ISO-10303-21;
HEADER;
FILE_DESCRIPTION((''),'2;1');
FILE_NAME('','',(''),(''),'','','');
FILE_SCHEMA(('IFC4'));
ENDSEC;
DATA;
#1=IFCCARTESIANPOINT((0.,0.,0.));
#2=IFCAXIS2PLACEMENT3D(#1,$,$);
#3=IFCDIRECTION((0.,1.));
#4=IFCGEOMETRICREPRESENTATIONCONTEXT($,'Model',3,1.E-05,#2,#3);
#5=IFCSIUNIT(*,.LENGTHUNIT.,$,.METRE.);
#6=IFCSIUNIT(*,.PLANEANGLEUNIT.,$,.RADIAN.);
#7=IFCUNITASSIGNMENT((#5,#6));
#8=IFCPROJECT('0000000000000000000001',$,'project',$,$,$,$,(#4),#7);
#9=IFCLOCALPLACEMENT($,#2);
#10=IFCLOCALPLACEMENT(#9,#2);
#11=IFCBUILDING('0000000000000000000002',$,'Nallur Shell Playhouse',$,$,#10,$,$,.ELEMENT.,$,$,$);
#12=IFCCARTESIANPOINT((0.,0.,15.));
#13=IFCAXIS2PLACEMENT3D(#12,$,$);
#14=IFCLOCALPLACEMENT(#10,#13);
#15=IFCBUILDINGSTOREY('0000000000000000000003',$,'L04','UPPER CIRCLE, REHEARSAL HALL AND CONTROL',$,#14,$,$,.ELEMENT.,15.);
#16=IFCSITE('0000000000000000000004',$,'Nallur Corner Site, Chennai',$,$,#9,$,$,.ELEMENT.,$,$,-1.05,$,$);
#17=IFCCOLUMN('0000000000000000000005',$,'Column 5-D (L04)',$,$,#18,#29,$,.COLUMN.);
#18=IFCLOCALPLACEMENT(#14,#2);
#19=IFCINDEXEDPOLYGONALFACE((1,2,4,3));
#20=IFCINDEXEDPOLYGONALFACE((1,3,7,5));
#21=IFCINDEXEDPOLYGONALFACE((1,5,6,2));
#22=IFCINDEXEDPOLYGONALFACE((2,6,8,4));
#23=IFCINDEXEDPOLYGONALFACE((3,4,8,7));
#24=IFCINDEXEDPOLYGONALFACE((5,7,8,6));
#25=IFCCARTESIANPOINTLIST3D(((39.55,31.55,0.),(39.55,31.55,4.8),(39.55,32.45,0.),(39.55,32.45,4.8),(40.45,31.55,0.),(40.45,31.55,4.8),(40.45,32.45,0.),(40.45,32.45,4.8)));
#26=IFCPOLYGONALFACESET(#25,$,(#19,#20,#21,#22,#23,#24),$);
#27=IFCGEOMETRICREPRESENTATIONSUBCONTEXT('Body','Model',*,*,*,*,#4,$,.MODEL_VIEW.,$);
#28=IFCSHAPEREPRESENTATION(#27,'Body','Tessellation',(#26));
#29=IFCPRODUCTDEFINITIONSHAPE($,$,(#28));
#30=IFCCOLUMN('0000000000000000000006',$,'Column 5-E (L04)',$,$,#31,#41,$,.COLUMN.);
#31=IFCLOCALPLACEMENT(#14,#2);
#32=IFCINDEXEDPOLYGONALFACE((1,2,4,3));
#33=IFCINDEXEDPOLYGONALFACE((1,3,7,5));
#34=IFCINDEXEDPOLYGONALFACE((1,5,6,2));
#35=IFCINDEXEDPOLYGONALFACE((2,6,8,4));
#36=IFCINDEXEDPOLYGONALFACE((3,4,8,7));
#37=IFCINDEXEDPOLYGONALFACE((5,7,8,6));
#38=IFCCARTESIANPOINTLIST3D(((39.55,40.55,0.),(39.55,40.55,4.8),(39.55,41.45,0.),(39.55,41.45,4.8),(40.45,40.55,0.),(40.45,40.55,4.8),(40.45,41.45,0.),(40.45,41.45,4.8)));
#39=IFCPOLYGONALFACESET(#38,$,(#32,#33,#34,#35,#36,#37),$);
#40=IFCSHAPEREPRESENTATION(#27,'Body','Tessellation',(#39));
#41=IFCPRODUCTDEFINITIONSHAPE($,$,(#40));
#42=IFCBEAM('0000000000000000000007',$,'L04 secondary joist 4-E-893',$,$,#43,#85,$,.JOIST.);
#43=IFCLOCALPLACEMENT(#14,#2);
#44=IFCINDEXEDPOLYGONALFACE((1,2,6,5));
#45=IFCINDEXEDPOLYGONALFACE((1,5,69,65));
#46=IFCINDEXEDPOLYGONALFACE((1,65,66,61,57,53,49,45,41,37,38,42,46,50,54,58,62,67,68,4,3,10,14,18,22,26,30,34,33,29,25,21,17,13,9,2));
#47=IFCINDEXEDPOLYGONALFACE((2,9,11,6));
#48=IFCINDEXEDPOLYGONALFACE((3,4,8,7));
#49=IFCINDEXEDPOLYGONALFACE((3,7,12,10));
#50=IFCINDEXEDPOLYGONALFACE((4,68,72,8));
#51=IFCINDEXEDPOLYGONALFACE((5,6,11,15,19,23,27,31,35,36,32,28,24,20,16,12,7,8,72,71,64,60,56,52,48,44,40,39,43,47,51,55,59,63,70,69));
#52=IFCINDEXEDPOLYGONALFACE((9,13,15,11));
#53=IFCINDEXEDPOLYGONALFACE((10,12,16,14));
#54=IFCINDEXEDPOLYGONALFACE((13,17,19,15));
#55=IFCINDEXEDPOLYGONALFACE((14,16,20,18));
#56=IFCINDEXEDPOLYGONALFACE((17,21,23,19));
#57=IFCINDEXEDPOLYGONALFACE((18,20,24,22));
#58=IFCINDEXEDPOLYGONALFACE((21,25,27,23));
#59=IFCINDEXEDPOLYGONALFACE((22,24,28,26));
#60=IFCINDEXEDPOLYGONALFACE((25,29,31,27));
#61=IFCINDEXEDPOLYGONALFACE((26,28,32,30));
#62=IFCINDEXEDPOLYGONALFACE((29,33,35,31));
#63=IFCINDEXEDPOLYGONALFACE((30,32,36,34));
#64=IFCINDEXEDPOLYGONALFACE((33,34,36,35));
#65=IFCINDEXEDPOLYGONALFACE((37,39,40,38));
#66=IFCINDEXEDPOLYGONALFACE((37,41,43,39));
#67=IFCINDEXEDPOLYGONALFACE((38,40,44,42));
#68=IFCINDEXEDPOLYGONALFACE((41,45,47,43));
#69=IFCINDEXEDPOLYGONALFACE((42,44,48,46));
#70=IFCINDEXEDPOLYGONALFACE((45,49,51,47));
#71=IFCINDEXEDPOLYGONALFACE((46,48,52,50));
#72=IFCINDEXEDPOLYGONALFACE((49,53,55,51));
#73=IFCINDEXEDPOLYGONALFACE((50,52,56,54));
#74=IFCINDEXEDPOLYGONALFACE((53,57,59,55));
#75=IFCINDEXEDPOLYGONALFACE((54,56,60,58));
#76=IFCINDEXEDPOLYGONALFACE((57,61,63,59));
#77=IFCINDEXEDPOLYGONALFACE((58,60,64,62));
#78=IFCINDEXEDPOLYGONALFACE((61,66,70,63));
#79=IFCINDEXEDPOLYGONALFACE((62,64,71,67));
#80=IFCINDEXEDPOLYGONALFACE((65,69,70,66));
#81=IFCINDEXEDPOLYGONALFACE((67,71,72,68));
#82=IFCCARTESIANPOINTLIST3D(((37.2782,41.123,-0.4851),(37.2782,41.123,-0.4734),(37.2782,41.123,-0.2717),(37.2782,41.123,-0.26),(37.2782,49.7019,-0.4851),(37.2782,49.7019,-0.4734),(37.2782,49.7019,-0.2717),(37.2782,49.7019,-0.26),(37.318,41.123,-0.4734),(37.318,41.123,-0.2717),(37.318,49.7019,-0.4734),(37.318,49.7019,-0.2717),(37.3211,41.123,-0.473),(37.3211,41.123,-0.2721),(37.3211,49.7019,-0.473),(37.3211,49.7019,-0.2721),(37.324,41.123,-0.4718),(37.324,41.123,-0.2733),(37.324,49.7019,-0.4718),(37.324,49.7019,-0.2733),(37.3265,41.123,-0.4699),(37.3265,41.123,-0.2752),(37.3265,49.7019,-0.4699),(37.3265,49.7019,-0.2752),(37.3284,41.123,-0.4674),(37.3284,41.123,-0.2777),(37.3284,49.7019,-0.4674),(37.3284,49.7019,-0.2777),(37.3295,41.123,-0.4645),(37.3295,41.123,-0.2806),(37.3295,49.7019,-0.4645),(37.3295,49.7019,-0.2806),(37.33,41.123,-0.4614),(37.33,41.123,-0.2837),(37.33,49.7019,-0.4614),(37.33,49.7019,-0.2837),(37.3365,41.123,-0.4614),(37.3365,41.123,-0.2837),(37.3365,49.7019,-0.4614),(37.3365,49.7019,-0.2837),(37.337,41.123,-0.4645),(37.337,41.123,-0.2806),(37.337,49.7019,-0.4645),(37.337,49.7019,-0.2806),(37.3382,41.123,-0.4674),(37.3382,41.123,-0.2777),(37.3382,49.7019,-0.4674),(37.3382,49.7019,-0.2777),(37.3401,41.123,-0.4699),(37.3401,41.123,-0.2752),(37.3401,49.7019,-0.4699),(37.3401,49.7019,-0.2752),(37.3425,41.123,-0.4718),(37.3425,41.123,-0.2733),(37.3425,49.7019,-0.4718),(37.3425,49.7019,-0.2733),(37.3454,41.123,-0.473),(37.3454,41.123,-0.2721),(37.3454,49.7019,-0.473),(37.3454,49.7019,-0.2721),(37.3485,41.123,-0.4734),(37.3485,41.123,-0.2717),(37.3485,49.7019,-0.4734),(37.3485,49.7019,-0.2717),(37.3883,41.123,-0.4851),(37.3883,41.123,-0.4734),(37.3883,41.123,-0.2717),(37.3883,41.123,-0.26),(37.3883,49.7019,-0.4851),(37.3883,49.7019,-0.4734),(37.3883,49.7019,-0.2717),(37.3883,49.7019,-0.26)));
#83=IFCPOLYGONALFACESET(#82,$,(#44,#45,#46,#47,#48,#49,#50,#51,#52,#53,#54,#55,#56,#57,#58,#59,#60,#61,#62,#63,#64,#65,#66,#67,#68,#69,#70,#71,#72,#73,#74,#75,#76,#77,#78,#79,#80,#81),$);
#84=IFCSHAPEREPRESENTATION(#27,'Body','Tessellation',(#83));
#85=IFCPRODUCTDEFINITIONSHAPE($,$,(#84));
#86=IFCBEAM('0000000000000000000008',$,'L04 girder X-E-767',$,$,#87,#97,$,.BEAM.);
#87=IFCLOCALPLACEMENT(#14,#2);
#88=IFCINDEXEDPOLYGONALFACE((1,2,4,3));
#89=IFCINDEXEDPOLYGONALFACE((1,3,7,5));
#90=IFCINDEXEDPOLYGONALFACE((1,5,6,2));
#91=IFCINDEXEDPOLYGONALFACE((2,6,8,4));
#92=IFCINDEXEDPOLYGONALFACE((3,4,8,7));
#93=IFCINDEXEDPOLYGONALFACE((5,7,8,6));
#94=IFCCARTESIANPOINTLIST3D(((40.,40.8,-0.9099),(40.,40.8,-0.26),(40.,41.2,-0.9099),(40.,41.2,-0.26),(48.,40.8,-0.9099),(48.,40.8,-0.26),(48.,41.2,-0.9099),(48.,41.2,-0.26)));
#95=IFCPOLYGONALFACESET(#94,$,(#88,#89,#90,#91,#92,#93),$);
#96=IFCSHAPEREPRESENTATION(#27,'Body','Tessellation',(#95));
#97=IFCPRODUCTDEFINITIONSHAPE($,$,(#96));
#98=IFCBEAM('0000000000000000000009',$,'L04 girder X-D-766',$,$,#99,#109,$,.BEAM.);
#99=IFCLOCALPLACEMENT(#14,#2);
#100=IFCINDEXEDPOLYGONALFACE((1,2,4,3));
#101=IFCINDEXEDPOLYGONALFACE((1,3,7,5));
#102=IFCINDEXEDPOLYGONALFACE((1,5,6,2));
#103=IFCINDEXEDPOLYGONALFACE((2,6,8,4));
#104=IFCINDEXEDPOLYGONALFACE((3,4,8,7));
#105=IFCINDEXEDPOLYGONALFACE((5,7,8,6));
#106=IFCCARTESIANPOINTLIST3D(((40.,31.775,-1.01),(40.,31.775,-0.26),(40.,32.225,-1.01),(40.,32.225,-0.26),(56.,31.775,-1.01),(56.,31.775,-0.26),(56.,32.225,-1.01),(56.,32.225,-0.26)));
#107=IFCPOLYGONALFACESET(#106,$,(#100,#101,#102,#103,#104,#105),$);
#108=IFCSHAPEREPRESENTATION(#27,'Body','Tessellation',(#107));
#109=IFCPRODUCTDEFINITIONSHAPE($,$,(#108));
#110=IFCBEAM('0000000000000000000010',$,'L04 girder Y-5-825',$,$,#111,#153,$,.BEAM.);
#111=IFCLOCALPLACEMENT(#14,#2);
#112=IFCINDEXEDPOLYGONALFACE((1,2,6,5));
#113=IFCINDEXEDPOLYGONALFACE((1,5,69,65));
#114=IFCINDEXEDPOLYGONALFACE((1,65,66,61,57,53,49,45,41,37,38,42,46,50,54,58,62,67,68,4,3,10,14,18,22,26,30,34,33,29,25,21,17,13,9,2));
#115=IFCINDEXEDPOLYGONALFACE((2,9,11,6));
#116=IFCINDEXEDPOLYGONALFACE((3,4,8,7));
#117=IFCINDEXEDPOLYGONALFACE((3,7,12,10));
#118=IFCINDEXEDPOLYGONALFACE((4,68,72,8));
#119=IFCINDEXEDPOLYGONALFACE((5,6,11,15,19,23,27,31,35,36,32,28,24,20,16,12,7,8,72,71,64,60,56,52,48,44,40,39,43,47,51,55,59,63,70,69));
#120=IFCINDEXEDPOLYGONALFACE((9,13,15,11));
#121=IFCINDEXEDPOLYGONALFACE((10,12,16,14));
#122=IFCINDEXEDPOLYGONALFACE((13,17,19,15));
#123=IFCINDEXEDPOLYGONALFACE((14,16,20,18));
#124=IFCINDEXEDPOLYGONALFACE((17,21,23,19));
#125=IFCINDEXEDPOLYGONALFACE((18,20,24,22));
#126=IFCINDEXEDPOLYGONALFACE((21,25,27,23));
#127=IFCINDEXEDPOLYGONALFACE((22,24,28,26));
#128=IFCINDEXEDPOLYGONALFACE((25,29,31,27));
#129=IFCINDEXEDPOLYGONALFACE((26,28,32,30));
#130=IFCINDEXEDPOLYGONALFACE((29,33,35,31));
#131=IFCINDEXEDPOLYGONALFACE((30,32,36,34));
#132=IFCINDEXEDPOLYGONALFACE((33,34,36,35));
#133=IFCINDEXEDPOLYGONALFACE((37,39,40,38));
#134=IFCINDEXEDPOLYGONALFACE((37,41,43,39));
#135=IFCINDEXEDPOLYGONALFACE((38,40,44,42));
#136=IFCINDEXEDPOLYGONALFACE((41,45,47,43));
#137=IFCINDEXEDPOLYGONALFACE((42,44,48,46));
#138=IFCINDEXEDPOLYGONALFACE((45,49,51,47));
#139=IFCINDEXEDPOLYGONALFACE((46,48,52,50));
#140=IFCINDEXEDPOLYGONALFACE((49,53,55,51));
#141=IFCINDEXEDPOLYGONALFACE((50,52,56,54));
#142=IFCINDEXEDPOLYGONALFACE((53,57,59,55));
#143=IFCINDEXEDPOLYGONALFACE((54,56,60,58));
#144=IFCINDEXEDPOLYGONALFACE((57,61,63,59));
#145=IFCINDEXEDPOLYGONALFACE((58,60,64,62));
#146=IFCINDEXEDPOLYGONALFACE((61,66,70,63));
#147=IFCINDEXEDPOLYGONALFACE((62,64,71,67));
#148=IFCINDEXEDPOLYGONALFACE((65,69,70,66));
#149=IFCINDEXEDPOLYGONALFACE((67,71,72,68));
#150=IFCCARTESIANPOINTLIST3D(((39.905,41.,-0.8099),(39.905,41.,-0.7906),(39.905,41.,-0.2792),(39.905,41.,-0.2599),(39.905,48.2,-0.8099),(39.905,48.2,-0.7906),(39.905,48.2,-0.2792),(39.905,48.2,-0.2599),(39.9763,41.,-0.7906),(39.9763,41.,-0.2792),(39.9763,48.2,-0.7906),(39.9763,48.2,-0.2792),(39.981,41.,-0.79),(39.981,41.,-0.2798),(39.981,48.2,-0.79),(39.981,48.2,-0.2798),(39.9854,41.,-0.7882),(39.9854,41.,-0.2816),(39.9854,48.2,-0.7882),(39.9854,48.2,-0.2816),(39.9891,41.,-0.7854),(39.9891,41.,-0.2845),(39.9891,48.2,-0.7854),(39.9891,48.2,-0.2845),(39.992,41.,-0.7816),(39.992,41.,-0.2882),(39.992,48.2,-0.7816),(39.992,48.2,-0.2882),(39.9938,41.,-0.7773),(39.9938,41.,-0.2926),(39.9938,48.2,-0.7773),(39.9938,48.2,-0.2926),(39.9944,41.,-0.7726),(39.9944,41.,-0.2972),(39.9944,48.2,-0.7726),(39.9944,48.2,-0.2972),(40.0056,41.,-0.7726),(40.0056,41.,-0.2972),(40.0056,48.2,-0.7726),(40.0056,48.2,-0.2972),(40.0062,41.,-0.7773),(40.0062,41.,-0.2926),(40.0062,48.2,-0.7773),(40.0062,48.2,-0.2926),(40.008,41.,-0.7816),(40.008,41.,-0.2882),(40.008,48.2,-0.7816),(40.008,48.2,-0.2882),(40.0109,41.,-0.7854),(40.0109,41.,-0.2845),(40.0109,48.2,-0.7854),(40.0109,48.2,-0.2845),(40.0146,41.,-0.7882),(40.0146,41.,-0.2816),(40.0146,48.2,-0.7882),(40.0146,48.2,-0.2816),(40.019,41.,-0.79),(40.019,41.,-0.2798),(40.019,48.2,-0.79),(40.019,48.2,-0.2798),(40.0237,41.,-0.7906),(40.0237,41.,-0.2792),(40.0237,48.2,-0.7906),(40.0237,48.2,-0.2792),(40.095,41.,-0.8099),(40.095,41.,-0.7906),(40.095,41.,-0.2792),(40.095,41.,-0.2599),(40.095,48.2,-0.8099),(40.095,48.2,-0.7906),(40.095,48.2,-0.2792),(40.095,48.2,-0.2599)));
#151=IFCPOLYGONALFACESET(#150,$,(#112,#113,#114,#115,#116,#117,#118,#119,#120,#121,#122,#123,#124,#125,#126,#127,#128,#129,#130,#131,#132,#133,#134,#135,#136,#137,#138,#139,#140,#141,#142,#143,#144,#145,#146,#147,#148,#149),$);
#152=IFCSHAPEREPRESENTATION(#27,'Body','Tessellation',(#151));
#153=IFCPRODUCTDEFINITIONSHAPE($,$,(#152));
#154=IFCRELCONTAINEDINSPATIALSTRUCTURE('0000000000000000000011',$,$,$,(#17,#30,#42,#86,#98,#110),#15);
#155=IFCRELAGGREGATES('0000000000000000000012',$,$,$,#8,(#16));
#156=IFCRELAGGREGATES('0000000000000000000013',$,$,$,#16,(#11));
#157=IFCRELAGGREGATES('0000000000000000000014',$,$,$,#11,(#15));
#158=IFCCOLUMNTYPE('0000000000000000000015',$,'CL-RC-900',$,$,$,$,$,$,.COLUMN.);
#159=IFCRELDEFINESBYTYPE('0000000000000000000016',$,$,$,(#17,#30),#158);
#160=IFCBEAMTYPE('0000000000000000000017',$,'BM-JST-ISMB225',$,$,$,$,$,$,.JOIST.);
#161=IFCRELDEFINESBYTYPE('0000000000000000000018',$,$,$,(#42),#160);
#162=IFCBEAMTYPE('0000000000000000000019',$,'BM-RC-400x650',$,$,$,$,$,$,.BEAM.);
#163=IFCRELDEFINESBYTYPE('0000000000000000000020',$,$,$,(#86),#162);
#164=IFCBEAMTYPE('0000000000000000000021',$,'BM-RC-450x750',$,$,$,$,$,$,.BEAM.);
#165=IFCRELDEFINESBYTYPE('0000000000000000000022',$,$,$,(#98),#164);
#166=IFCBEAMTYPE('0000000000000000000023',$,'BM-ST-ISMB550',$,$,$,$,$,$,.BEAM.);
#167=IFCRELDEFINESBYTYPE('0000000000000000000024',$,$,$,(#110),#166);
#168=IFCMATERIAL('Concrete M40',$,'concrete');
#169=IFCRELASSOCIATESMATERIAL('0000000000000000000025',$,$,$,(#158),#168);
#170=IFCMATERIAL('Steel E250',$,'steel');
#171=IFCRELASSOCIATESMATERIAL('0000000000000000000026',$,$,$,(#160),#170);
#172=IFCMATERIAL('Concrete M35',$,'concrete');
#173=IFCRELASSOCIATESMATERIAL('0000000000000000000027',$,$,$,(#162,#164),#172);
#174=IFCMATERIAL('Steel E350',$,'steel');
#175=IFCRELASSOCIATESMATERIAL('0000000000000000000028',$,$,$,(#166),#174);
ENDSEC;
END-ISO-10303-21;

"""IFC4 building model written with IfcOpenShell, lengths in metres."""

from ifc_helpers import new_model, si_unit, direction, frame, origin, origin_2d, place, context, subcontext, project, spatial, rectangle, i_section, extrude, material, material_profile, profile_set, type_object, element, save


model = new_model("IFC4")

# Units and contexts
model_context = context("Model", 3, precision=1e-05, world=origin(), true_north=direction((0.0, 1.0)))
body_context = subcontext(model_context, "Body", "Model", "MODEL_VIEW")
ifc_project = project(units=[si_unit("LENGTHUNIT", "METRE"), si_unit("PLANEANGLEUNIT", "RADIAN")], contexts=[model_context])

# Site, building, storey
site_placement = place(None, origin())
site = spatial("IfcSite", under=ifc_project, at=site_placement, Name="Nallur Corner Site, Chennai", CompositionType="ELEMENT", RefElevation=-1.05)
building_placement = place(site_placement, origin())
building = spatial("IfcBuilding", under=site, at=building_placement, Name="Nallur Shell Playhouse", CompositionType="ELEMENT")
storey_placement = place(building_placement, frame((0.0, 0.0, 15.0)))
storey = spatial("IfcBuildingStorey", under=building, at=storey_placement, Name="L04", Description="UPPER CIRCLE, REHEARSAL HALL AND CONTROL", CompositionType="ELEMENT", Elevation=15.0)

# Columns
ifc_material_1 = material(Name="Concrete M40", Category="concrete")
ifc_material_profile_1 = material_profile(ifc_material_1, rectangle(XDim=0.8999, YDim=0.8999, at=origin_2d()), Name="RC 900x900")
ifc_profile_set_1 = profile_set([ifc_material_profile_1], Name="Concrete M40")
column_type = type_object("IfcColumnType", Name="CL-RC-900", PredefinedType="COLUMN", material=ifc_profile_set_1)
for number, where, z_axis, x_axis, name in (
    (1, (40.0, 32.0, 0.0), (0.0, 0.0, 1.0), (1.0, 0.0, 0.0), "Column 5-D (L04)"),
    (2, (40.0, 41.0, 0.0), (0.0, 0.0, 1.0), (1.0, 0.0, 0.0), "Column 5-E (L04)"),
):
    element("IfcColumn", number, at=place(storey_placement, frame(where, z_axis=z_axis, x_axis=x_axis)), inside=storey, type_object=column_type, Name=name, PredefinedType="COLUMN", context=body_context, shape_type="SweptSolid", body=[
        extrude(rectangle(XDim=0.8999, YDim=0.8999, at=origin_2d()), origin(), (0.0, 0.0, 1.0), 4.8),
    ])

# Beams
ifc_material_2 = material(Name="Steel E250", Category="steel")
ifc_material_profile_2 = material_profile(ifc_material_2, i_section(OverallWidth=0.1101, OverallDepth=0.2251, WebThickness=0.0066, FlangeThickness=0.0117, FilletRadius=0.012, at=origin_2d()), Name="ISMB 225")
ifc_profile_set_2 = profile_set([ifc_material_profile_2], Name="Steel E250")
beam_type_1 = type_object("IfcBeamType", Name="BM-JST-ISMB225", PredefinedType="JOIST", material=ifc_profile_set_2)
beam_1_placement = place(storey_placement, frame((37.3333, 41.123, -0.3726), z_axis=(0.0, 1.0, 0.0), x_axis=(-1.0, 0.0, 0.0)))
element("IfcBeam", 3, at=beam_1_placement, inside=storey, type_object=beam_type_1, Name="L04 secondary joist 4-E-893", PredefinedType="JOIST", context=body_context, shape_type="SweptSolid", body=[
    extrude(i_section(OverallWidth=0.1101, OverallDepth=0.2251, WebThickness=0.0066, FlangeThickness=0.0117, FilletRadius=0.012, at=origin_2d()), origin(), (0.0, 0.0, 1.0), 8.5789),
])
ifc_material_3 = material(Name="Concrete M35", Category="concrete")
ifc_material_profile_3 = material_profile(ifc_material_3, rectangle(XDim=0.3999, YDim=0.6499, at=origin_2d()), Name="RC 400x650")
ifc_profile_set_3 = profile_set([ifc_material_profile_3], Name="Concrete M35")
beam_type_2 = type_object("IfcBeamType", Name="BM-RC-400x650", PredefinedType="BEAM", material=ifc_profile_set_3)
beam_2_placement = place(storey_placement, frame((40.0, 41.0, -0.585), z_axis=(1.0, 0.0, 0.0), x_axis=(0.0, 1.0, 0.0)))
element("IfcBeam", 4, at=beam_2_placement, inside=storey, type_object=beam_type_2, Name="L04 girder X-E-767", PredefinedType="BEAM", context=body_context, shape_type="SweptSolid", body=[
    extrude(rectangle(XDim=0.3999, YDim=0.6499, at=origin_2d()), origin(), (0.0, 0.0, 1.0), 8.0),
])
ifc_material_profile_4 = material_profile(ifc_material_3, rectangle(XDim=0.45, YDim=0.75, at=origin_2d()), Name="RC 450x750")
ifc_profile_set_4 = profile_set([ifc_material_profile_4], Name="Concrete M35")
beam_type_3 = type_object("IfcBeamType", Name="BM-RC-450x750", PredefinedType="BEAM", material=ifc_profile_set_4)
beam_3_placement = place(storey_placement, frame((40.0, 32.0, -0.635), z_axis=(1.0, 0.0, 0.0), x_axis=(0.0, 1.0, 0.0)))
element("IfcBeam", 5, at=beam_3_placement, inside=storey, type_object=beam_type_3, Name="L04 girder X-D-766", PredefinedType="BEAM", context=body_context, shape_type="SweptSolid", body=[
    extrude(rectangle(XDim=0.45, YDim=0.75, at=origin_2d()), origin(), (0.0, 0.0, 1.0), 16.0),
])
ifc_material_4 = material(Name="Steel E350", Category="steel")
ifc_material_profile_5 = material_profile(ifc_material_4, i_section(OverallWidth=0.1899, OverallDepth=0.55, WebThickness=0.0112, FlangeThickness=0.0193, FilletRadius=0.0181, at=origin_2d()), Name="ISMB 550")
ifc_profile_set_5 = profile_set([ifc_material_profile_5], Name="Steel E350")
beam_type_4 = type_object("IfcBeamType", Name="BM-ST-ISMB550", PredefinedType="BEAM", material=ifc_profile_set_5)
beam_4_placement = place(storey_placement, frame((40.0, 41.0, -0.5349), z_axis=(0.0, 1.0, 0.0), x_axis=(-1.0, 0.0, 0.0)))
element("IfcBeam", 6, at=beam_4_placement, inside=storey, type_object=beam_type_4, Name="L04 girder Y-5-825", PredefinedType="BEAM", context=body_context, shape_type="SweptSolid", body=[
    extrude(i_section(OverallWidth=0.1899, OverallDepth=0.55, WebThickness=0.0112, FlangeThickness=0.0193, FilletRadius=0.0181, at=origin_2d()), origin(), (0.0, 0.0, 1.0), 7.2),
])

save(model, "model.ifc")
